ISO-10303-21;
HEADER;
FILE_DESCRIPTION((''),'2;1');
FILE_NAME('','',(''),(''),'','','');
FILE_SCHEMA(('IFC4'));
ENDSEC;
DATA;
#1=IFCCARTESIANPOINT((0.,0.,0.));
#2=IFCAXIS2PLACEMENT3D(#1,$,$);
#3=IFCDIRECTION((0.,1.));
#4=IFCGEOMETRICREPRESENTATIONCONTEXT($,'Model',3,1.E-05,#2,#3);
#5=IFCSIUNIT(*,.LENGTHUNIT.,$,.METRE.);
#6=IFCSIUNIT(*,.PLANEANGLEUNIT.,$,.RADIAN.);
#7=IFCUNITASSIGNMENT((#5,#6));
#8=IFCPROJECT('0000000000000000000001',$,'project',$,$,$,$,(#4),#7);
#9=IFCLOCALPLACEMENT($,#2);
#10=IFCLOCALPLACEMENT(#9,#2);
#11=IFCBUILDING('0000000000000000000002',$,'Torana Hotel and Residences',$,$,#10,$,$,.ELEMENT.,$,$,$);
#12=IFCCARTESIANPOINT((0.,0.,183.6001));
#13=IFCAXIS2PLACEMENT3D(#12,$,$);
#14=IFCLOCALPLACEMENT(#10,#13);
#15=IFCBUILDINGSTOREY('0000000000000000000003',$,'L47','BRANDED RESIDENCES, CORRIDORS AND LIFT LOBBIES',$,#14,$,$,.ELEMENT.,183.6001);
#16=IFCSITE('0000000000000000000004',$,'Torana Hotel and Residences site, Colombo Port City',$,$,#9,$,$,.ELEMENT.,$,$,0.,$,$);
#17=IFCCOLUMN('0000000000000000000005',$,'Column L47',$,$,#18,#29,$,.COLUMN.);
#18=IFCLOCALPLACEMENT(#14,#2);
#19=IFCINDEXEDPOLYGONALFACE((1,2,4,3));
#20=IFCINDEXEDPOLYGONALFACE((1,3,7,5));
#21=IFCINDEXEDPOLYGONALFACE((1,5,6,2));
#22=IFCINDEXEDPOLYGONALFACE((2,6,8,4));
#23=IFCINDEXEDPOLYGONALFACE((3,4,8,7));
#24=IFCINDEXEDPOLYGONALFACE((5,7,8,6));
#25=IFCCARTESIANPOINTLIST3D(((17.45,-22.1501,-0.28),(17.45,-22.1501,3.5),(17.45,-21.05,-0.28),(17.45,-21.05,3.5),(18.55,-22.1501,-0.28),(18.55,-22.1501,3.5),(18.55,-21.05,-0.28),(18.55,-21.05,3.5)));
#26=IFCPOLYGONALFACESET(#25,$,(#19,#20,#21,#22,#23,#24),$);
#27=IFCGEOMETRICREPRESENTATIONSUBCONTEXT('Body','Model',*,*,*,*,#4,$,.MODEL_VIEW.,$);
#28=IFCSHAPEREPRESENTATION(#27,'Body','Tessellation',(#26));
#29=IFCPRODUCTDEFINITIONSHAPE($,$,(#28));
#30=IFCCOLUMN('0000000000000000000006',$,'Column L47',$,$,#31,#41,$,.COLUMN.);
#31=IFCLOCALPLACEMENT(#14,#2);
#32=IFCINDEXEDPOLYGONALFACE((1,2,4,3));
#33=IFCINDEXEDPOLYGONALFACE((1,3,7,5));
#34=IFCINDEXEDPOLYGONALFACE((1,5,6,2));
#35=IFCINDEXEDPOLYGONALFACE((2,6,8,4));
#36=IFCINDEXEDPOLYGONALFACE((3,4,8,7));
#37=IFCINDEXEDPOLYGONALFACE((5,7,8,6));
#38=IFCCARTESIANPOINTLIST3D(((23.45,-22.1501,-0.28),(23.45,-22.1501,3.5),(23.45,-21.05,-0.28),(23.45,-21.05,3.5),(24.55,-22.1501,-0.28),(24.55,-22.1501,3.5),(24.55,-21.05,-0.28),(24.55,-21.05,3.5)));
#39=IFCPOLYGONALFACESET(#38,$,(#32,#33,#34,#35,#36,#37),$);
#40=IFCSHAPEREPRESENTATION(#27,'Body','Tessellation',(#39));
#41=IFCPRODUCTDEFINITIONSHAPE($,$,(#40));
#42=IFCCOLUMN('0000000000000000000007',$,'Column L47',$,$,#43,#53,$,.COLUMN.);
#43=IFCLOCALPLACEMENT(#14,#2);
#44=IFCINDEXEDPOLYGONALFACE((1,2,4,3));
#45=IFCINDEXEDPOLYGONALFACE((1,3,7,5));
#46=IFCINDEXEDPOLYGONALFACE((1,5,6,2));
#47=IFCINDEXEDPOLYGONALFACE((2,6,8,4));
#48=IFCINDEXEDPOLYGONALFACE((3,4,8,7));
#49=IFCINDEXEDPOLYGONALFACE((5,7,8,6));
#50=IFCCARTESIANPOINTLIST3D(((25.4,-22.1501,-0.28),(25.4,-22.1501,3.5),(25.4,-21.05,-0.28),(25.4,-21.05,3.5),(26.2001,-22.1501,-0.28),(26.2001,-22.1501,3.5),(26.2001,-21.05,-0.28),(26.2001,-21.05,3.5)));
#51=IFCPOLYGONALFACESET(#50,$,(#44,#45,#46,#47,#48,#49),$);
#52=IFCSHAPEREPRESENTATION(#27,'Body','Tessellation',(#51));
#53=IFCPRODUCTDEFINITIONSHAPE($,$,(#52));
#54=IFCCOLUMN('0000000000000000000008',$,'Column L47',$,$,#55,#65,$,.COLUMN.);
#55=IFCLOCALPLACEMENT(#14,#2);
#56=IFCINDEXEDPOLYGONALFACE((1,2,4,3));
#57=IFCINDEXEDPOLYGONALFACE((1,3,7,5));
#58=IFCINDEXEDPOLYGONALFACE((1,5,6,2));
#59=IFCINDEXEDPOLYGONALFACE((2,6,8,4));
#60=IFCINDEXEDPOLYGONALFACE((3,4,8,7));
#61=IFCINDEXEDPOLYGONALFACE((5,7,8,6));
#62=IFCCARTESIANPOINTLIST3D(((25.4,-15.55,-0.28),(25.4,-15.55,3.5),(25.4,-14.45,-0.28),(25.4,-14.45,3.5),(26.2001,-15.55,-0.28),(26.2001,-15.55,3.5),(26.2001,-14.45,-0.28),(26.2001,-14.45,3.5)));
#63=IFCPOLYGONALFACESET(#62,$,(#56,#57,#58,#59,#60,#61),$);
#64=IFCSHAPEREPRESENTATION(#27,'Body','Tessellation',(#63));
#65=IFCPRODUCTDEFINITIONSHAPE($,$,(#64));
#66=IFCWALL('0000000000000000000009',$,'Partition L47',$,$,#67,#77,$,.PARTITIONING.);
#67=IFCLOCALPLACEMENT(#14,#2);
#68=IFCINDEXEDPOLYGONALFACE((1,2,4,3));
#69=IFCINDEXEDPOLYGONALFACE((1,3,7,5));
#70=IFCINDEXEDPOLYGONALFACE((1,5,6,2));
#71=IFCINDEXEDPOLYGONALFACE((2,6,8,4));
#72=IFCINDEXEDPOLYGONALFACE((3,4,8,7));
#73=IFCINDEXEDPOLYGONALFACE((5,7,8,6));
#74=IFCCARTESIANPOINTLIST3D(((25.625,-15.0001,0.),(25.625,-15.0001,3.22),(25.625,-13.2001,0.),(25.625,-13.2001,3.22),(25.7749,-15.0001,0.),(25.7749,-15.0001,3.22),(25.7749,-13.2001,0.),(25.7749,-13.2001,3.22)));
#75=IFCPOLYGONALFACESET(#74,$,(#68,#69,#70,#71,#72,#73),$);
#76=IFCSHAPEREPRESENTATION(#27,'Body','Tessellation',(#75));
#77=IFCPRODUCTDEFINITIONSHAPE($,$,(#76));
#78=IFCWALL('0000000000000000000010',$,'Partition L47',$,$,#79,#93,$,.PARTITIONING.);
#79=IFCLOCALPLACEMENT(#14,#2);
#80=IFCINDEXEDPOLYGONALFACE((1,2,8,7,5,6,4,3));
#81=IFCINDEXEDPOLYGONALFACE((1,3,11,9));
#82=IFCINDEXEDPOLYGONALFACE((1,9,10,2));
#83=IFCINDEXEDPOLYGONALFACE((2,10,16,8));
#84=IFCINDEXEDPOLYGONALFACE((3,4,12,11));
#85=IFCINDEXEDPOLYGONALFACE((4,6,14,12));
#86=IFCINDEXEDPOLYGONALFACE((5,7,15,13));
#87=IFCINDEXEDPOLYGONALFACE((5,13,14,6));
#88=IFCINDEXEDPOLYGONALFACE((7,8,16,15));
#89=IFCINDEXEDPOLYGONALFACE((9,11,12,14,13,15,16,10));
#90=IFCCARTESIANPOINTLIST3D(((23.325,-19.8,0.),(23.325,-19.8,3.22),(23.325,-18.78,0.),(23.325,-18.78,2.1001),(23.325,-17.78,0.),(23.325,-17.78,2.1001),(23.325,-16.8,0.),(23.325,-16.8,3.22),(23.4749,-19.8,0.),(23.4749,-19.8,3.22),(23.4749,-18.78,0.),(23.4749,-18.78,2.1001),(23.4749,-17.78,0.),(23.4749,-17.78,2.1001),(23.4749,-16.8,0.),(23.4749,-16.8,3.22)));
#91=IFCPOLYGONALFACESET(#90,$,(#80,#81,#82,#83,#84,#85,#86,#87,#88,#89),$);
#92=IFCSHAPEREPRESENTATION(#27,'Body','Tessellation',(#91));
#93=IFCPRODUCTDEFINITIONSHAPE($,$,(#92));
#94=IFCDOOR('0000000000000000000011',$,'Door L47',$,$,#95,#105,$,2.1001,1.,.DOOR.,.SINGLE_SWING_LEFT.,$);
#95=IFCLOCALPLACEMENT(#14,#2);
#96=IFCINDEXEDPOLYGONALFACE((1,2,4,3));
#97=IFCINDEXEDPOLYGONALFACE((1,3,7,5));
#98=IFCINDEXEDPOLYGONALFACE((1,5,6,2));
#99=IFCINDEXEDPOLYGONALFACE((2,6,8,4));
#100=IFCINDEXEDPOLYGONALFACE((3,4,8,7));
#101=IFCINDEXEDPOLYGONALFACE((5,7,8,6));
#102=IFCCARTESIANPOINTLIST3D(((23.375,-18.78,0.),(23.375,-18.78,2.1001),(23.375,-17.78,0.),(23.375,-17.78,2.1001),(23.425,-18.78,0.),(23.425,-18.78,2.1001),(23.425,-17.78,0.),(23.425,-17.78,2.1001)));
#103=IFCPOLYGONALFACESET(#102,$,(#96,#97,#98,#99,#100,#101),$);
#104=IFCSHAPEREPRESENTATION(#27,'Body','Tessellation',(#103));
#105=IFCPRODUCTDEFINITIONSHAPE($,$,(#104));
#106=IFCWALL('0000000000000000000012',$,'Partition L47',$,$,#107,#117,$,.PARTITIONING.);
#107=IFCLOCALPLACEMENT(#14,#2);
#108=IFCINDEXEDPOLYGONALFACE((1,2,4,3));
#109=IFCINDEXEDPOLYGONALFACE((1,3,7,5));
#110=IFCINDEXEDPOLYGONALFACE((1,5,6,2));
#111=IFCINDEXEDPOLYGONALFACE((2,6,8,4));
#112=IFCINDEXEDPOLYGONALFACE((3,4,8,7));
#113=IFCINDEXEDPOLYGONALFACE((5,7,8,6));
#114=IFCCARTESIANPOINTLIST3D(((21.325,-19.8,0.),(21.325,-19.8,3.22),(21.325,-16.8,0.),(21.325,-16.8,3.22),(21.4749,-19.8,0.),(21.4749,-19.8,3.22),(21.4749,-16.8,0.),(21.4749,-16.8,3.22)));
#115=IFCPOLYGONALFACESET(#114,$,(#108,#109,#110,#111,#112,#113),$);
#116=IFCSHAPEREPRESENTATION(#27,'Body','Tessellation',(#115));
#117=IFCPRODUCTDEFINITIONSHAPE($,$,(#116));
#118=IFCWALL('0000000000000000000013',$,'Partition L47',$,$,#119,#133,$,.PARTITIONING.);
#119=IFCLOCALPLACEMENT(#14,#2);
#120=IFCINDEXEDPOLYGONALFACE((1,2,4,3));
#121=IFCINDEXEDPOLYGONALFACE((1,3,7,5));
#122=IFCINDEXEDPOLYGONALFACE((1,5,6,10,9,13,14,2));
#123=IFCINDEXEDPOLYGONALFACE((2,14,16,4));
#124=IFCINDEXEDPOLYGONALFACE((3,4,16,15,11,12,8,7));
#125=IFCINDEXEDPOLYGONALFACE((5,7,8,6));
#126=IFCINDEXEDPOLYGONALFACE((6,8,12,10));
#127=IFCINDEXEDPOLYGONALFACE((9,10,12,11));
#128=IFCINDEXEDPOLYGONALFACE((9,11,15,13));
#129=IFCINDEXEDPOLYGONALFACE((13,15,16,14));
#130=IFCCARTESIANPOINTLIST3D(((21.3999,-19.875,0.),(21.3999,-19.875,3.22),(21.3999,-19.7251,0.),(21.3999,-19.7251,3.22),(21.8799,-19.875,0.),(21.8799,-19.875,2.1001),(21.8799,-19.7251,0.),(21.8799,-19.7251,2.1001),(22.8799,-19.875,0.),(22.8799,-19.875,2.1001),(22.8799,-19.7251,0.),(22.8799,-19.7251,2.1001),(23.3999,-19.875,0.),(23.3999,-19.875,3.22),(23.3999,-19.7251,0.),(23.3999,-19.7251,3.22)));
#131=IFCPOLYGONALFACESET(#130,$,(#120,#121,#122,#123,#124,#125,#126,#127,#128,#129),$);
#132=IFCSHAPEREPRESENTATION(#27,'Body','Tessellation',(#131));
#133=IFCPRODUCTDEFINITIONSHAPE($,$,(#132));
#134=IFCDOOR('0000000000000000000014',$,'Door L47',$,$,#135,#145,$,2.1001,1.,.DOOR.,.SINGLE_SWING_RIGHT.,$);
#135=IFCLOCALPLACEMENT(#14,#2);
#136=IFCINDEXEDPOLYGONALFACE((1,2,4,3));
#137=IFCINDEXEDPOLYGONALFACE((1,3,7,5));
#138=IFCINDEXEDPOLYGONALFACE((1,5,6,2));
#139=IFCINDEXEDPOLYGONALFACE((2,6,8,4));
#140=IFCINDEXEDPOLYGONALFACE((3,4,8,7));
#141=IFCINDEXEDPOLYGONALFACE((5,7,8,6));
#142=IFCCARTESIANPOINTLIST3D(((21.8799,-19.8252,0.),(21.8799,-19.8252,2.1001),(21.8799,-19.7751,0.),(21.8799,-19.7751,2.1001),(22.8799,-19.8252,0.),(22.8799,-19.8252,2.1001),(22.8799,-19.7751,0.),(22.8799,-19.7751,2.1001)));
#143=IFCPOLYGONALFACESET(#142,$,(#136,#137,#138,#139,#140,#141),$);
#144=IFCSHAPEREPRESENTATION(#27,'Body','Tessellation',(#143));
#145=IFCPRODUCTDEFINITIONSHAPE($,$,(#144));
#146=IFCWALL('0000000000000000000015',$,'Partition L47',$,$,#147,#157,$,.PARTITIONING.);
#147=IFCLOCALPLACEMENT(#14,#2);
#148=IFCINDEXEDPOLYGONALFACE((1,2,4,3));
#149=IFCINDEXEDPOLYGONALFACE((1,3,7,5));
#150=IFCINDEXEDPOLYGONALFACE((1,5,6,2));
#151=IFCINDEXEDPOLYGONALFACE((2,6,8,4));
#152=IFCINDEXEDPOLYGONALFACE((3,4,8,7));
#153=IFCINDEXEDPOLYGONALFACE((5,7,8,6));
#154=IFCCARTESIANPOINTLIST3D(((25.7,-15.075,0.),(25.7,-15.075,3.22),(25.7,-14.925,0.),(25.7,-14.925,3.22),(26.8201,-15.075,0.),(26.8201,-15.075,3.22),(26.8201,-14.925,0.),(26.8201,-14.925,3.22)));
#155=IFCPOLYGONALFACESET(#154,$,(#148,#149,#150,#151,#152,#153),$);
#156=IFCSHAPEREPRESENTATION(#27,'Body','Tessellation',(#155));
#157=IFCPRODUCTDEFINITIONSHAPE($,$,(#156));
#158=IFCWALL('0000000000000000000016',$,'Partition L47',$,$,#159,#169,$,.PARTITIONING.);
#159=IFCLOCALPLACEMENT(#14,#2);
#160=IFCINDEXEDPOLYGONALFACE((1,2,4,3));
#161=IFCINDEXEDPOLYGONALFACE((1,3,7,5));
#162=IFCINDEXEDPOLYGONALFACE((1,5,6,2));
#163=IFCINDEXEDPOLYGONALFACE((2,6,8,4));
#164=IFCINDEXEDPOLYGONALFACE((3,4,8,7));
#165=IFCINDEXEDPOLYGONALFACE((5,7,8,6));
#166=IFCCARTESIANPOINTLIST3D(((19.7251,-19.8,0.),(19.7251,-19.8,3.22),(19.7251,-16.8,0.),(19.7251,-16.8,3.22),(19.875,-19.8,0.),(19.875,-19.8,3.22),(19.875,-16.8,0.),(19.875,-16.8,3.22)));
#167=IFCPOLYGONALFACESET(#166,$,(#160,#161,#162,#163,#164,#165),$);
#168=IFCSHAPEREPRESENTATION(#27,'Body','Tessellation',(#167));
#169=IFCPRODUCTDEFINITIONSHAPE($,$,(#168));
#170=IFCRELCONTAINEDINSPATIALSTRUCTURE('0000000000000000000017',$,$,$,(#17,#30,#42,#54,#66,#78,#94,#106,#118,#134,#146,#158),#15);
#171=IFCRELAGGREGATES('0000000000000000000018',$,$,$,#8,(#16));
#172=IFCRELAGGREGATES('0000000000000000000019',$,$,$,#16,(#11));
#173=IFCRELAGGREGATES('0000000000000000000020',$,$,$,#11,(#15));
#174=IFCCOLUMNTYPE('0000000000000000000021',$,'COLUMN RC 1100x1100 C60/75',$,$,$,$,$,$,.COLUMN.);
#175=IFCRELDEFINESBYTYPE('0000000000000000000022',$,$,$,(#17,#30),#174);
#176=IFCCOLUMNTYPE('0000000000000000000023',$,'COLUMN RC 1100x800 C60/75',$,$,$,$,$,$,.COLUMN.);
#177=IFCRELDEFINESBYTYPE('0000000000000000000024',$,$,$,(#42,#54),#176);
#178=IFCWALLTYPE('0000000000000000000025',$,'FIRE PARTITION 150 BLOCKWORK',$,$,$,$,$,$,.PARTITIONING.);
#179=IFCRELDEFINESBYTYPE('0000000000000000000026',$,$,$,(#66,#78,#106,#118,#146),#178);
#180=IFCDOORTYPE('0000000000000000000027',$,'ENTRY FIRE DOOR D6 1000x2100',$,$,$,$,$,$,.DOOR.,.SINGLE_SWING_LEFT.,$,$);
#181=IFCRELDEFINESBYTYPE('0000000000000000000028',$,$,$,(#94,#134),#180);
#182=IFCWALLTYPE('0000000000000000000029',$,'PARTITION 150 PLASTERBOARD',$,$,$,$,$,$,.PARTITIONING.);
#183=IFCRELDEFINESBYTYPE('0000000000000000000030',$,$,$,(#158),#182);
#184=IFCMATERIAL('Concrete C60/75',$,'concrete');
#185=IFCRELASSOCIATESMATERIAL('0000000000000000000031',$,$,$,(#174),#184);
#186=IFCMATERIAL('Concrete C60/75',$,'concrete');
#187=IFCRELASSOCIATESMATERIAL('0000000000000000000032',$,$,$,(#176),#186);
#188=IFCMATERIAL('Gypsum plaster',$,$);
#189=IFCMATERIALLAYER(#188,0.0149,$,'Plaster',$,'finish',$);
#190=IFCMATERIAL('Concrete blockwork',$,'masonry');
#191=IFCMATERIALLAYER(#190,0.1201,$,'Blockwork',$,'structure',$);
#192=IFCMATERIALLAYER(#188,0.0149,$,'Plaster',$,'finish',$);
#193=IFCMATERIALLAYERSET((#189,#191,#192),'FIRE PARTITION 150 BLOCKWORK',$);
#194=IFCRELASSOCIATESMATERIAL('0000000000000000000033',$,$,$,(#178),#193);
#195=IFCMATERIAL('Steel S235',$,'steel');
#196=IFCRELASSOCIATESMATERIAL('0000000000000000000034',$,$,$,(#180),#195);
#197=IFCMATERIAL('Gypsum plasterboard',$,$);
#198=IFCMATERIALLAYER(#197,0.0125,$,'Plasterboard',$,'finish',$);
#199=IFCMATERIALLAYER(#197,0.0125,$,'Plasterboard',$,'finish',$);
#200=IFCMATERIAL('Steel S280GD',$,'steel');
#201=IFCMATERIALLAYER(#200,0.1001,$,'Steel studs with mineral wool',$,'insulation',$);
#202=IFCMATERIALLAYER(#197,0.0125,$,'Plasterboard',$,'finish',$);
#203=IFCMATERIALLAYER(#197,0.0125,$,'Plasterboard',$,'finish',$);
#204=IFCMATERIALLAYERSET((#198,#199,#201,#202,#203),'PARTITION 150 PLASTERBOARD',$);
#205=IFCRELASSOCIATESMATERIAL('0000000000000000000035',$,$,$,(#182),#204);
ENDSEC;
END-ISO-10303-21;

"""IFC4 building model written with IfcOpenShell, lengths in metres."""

from ifc_helpers import new_model, si_unit, direction, frame, frame_2d, origin, origin_2d, place, context, subcontext, project, spatial, rectangle, extrude, material, layer, layer_set, material_profile, profile_set, type_object, element, fill, save


model = new_model("IFC4")

# Units and contexts
model_context = context("Model", 3, precision=1e-05, world=origin(), true_north=direction((0.0, 1.0)))
body_context = subcontext(model_context, "Body", "Model", "MODEL_VIEW")
ifc_project = project(units=[si_unit("LENGTHUNIT", "METRE"), si_unit("PLANEANGLEUNIT", "RADIAN")], contexts=[model_context])

# Site, building, storey
site_placement = place(None, origin())
site = spatial("IfcSite", under=ifc_project, at=site_placement, Name="Torana Hotel and Residences site, Colombo Port City", CompositionType="ELEMENT", RefElevation=0.0)
building_placement = place(site_placement, origin())
building = spatial("IfcBuilding", under=site, at=building_placement, Name="Torana Hotel and Residences", CompositionType="ELEMENT")
storey_placement = place(building_placement, frame((0.0, 0.0, 183.6001)))
storey = spatial("IfcBuildingStorey", under=building, at=storey_placement, Name="L47", Description="BRANDED RESIDENCES, CORRIDORS AND LIFT LOBBIES", CompositionType="ELEMENT", Elevation=183.6001)

# Columns
ifc_material_1 = material(Name="Concrete C60/75", Category="concrete")
ifc_material_profile_1 = material_profile(ifc_material_1, rectangle(XDim=1.1001, YDim=1.1001, at=origin_2d()), Name="RC 1100x1100")
ifc_profile_set_1 = profile_set([ifc_material_profile_1], Name="Concrete C60/75")
column_type_1 = type_object("IfcColumnType", Name="COLUMN RC 1100x1100 C60/75", PredefinedType="COLUMN", material=ifc_profile_set_1)
for number, where, z_axis, x_axis, name in (
    (1, (18.0, -21.6001, -0.28), (0.0, 0.0, 1.0), (1.0, 0.0, 0.0), "Column L47"),
    (2, (24.0, -21.6001, -0.28), (0.0, 0.0, 1.0), (1.0, 0.0, 0.0), "Column L47"),
):
    element("IfcColumn", number, at=place(storey_placement, frame(where, z_axis=z_axis, x_axis=x_axis)), inside=storey, type_object=column_type_1, Name=name, PredefinedType="COLUMN", context=body_context, shape_type="SweptSolid", body=[
        extrude(rectangle(XDim=1.1001, YDim=1.1001, at=origin_2d()), origin(), (0.0, 0.0, 1.0), 3.78),
    ])
ifc_material_2 = material(Name="Concrete C60/75", Category="concrete")
ifc_material_profile_2 = material_profile(ifc_material_2, rectangle(XDim=1.1001, YDim=0.8, at=origin_2d()), Name="RC 1100x800")
ifc_profile_set_2 = profile_set([ifc_material_profile_2], Name="Concrete C60/75")
column_type_2 = type_object("IfcColumnType", Name="COLUMN RC 1100x800 C60/75", PredefinedType="COLUMN", material=ifc_profile_set_2)
for number, where, z_axis, x_axis, name in (
    (3, (25.8, -21.6001, -0.28), (0.0, 0.0, 1.0), (0.0, 1.0, 0.0), "Column L47"),
    (4, (25.8, -15.0, -0.28), (0.0, 0.0, 1.0), (0.0, 1.0, 0.0), "Column L47"),
):
    element("IfcColumn", number, at=place(storey_placement, frame(where, z_axis=z_axis, x_axis=x_axis)), inside=storey, type_object=column_type_2, Name=name, PredefinedType="COLUMN", context=body_context, shape_type="SweptSolid", body=[
        extrude(rectangle(XDim=1.1001, YDim=0.8, at=origin_2d()), origin(), (0.0, 0.0, 1.0), 3.78),
    ])

# Wall
ifc_material_3 = material(Name="Gypsum plaster")
ifc_layer_1 = layer(ifc_material_3, 0.0149, Name="Plaster", Category="finish")
ifc_material_4 = material(Name="Concrete blockwork", Category="masonry")
ifc_layer_2 = layer(ifc_material_4, 0.1201, Name="Blockwork", Category="structure")
ifc_layer_3 = layer(ifc_material_3, 0.0149, Name="Plaster", Category="finish")
ifc_layer_set_1 = layer_set([ifc_layer_1, ifc_layer_2, ifc_layer_3], Name="FIRE PARTITION 150 BLOCKWORK")
wall_type_1 = type_object("IfcWallType", Name="FIRE PARTITION 150 BLOCKWORK", PredefinedType="PARTITIONING", material=ifc_layer_set_1)
wall_1_placement = place(storey_placement, frame((25.7, -15.0, 0.0), z_axis=(0.0, 0.0, 1.0), x_axis=(0.0, 1.0, 0.0)))
element("IfcWall", 5, at=wall_1_placement, inside=storey, type_object=wall_type_1, Name="Partition L47", PredefinedType="PARTITIONING", context=body_context, shape_type="SweptSolid", body=[
    extrude(rectangle(XDim=1.8, YDim=0.1499, at=frame_2d((0.8999, 0.0))), origin(), (0.0, 0.0, 1.0), 3.22),
])

# Wall, opening, door
wall_2_placement = place(storey_placement, frame((23.3999, -19.8, 0.0), z_axis=(0.0, 0.0, 1.0), x_axis=(0.0, 1.0, 0.0)))
wall_2 = element("IfcWall", 6, at=wall_2_placement, inside=storey, type_object=wall_type_1, Name="Partition L47", PredefinedType="PARTITIONING", context=body_context, shape_type="SweptSolid", body=[
    extrude(rectangle(XDim=3.0, YDim=0.1499, at=frame_2d((1.5, 0.0))), origin(), (0.0, 0.0, 1.0), 3.22),
])
opening_1_placement = place(wall_2_placement, frame((1.02, 0.0, 0.0)))
opening_1 = element("IfcOpeningElement", 7, at=opening_1_placement, cuts=wall_2, PredefinedType="OPENING", context=body_context, shape_type="SweptSolid", body=[
    extrude(rectangle(XDim=1.0, YDim=2.1001, at=frame_2d((0.5, 1.05))), frame((0.0, 0.085, 0.0), z_axis=(0.0, -1.0, 0.0), x_axis=(1.0, 0.0, 0.0)), (0.0, 0.0, 1.0), 0.1699),
])
ifc_material_5 = material(Name="Steel S235", Category="steel")
door_type = type_object("IfcDoorType", Name="ENTRY FIRE DOOR D6 1000x2100", OperationType="SINGLE_SWING_LEFT", PredefinedType="DOOR", material=ifc_material_5)
door_1_placement = place(opening_1_placement, frame((0.5, 0.0, 0.0), z_axis=(0.0, 0.0, 1.0), x_axis=(-1.0, 0.0, 0.0)))
door_1 = element("IfcDoor", 8, at=door_1_placement, inside=storey, type_object=door_type, Name="Door L47", OperationType="SINGLE_SWING_LEFT", OverallHeight=2.1001, OverallWidth=1.0, PredefinedType="DOOR", context=body_context, shape_type="SweptSolid", body=[
    extrude(rectangle(XDim=1.0, YDim=2.1001, at=frame_2d((0.0, 1.05))), frame((0.0, -0.0249, 0.0), z_axis=(0.0, 1.0, 0.0), x_axis=(-1.0, 0.0, 0.0)), (0.0, 0.0, 1.0), 0.05),
])
fill(opening_1, door_1)

# Wall
wall_3_placement = place(storey_placement, frame((21.3999, -19.8, 0.0), z_axis=(0.0, 0.0, 1.0), x_axis=(0.0, 1.0, 0.0)))
element("IfcWall", 9, at=wall_3_placement, inside=storey, type_object=wall_type_1, Name="Partition L47", PredefinedType="PARTITIONING", context=body_context, shape_type="SweptSolid", body=[
    extrude(rectangle(XDim=3.0, YDim=0.1499, at=frame_2d((1.5, 0.0))), origin(), (0.0, 0.0, 1.0), 3.22),
])

# Wall, opening, door
wall_4_placement = place(storey_placement, frame((21.3999, -19.8, 0.0), z_axis=(0.0, 0.0, 1.0), x_axis=(1.0, 0.0, 0.0)))
wall_4 = element("IfcWall", 10, at=wall_4_placement, inside=storey, type_object=wall_type_1, Name="Partition L47", PredefinedType="PARTITIONING", context=body_context, shape_type="SweptSolid", body=[
    extrude(rectangle(XDim=2.0, YDim=0.1499, at=frame_2d((1.0, 0.0))), origin(), (0.0, 0.0, 1.0), 3.22),
])
opening_2_placement = place(wall_4_placement, frame((0.48, 0.0, 0.0)))
opening_2 = element("IfcOpeningElement", 11, at=opening_2_placement, cuts=wall_4, PredefinedType="OPENING", context=body_context, shape_type="SweptSolid", body=[
    extrude(rectangle(XDim=1.0, YDim=2.1001, at=frame_2d((0.5, 1.05))), frame((0.0, 0.085, 0.0), z_axis=(0.0, -1.0, 0.0), x_axis=(1.0, 0.0, 0.0)), (0.0, 0.0, 1.0), 0.1699),
])
door_2_placement = place(opening_2_placement, frame((0.5, 0.0, 0.0), z_axis=(0.0, 0.0, 1.0), x_axis=(-1.0, 0.0, 0.0)))
door_2 = element("IfcDoor", 12, at=door_2_placement, inside=storey, type_object=door_type, Name="Door L47", OperationType="SINGLE_SWING_RIGHT", OverallHeight=2.1001, OverallWidth=1.0, PredefinedType="DOOR", context=body_context, shape_type="SweptSolid", body=[
    extrude(rectangle(XDim=1.0, YDim=2.1001, at=frame_2d((0.0, 1.05))), frame((0.0, -0.0249, 0.0), z_axis=(0.0, 1.0, 0.0), x_axis=(-1.0, 0.0, 0.0)), (0.0, 0.0, 1.0), 0.05),
])
fill(opening_2, door_2)

# Walls
wall_5_placement = place(storey_placement, frame((25.7, -15.0, 0.0), z_axis=(0.0, 0.0, 1.0), x_axis=(1.0, 0.0, 0.0)))
element("IfcWall", 13, at=wall_5_placement, inside=storey, type_object=wall_type_1, Name="Partition L47", PredefinedType="PARTITIONING", context=body_context, shape_type="SweptSolid", body=[
    extrude(rectangle(XDim=1.1201, YDim=0.1499, at=frame_2d((0.5601, 0.0))), origin(), (0.0, 0.0, 1.0), 3.22),
])
ifc_material_6 = material(Name="Gypsum plasterboard")
ifc_layer_4 = layer(ifc_material_6, 0.0125, Name="Plasterboard", Category="finish")
ifc_layer_5 = layer(ifc_material_6, 0.0125, Name="Plasterboard", Category="finish")
ifc_material_7 = material(Name="Steel S280GD", Category="steel")
ifc_layer_6 = layer(ifc_material_7, 0.1001, Name="Steel studs with mineral wool", Category="insulation")
ifc_layer_7 = layer(ifc_material_6, 0.0125, Name="Plasterboard", Category="finish")
ifc_layer_8 = layer(ifc_material_6, 0.0125, Name="Plasterboard", Category="finish")
ifc_layer_set_2 = layer_set([ifc_layer_4, ifc_layer_5, ifc_layer_6, ifc_layer_7, ifc_layer_8], Name="PARTITION 150 PLASTERBOARD")
wall_type_2 = type_object("IfcWallType", Name="PARTITION 150 PLASTERBOARD", PredefinedType="PARTITIONING", material=ifc_layer_set_2)
wall_6_placement = place(storey_placement, frame((19.8, -19.8, 0.0), z_axis=(0.0, 0.0, 1.0), x_axis=(0.0, 1.0, 0.0)))
element("IfcWall", 14, at=wall_6_placement, inside=storey, type_object=wall_type_2, Name="Partition L47", PredefinedType="PARTITIONING", context=body_context, shape_type="SweptSolid", body=[
    extrude(rectangle(XDim=3.0, YDim=0.1499, at=frame_2d((1.5, 0.0))), origin(), (0.0, 0.0, 1.0), 3.22),
])

save(model, "model.ifc")
